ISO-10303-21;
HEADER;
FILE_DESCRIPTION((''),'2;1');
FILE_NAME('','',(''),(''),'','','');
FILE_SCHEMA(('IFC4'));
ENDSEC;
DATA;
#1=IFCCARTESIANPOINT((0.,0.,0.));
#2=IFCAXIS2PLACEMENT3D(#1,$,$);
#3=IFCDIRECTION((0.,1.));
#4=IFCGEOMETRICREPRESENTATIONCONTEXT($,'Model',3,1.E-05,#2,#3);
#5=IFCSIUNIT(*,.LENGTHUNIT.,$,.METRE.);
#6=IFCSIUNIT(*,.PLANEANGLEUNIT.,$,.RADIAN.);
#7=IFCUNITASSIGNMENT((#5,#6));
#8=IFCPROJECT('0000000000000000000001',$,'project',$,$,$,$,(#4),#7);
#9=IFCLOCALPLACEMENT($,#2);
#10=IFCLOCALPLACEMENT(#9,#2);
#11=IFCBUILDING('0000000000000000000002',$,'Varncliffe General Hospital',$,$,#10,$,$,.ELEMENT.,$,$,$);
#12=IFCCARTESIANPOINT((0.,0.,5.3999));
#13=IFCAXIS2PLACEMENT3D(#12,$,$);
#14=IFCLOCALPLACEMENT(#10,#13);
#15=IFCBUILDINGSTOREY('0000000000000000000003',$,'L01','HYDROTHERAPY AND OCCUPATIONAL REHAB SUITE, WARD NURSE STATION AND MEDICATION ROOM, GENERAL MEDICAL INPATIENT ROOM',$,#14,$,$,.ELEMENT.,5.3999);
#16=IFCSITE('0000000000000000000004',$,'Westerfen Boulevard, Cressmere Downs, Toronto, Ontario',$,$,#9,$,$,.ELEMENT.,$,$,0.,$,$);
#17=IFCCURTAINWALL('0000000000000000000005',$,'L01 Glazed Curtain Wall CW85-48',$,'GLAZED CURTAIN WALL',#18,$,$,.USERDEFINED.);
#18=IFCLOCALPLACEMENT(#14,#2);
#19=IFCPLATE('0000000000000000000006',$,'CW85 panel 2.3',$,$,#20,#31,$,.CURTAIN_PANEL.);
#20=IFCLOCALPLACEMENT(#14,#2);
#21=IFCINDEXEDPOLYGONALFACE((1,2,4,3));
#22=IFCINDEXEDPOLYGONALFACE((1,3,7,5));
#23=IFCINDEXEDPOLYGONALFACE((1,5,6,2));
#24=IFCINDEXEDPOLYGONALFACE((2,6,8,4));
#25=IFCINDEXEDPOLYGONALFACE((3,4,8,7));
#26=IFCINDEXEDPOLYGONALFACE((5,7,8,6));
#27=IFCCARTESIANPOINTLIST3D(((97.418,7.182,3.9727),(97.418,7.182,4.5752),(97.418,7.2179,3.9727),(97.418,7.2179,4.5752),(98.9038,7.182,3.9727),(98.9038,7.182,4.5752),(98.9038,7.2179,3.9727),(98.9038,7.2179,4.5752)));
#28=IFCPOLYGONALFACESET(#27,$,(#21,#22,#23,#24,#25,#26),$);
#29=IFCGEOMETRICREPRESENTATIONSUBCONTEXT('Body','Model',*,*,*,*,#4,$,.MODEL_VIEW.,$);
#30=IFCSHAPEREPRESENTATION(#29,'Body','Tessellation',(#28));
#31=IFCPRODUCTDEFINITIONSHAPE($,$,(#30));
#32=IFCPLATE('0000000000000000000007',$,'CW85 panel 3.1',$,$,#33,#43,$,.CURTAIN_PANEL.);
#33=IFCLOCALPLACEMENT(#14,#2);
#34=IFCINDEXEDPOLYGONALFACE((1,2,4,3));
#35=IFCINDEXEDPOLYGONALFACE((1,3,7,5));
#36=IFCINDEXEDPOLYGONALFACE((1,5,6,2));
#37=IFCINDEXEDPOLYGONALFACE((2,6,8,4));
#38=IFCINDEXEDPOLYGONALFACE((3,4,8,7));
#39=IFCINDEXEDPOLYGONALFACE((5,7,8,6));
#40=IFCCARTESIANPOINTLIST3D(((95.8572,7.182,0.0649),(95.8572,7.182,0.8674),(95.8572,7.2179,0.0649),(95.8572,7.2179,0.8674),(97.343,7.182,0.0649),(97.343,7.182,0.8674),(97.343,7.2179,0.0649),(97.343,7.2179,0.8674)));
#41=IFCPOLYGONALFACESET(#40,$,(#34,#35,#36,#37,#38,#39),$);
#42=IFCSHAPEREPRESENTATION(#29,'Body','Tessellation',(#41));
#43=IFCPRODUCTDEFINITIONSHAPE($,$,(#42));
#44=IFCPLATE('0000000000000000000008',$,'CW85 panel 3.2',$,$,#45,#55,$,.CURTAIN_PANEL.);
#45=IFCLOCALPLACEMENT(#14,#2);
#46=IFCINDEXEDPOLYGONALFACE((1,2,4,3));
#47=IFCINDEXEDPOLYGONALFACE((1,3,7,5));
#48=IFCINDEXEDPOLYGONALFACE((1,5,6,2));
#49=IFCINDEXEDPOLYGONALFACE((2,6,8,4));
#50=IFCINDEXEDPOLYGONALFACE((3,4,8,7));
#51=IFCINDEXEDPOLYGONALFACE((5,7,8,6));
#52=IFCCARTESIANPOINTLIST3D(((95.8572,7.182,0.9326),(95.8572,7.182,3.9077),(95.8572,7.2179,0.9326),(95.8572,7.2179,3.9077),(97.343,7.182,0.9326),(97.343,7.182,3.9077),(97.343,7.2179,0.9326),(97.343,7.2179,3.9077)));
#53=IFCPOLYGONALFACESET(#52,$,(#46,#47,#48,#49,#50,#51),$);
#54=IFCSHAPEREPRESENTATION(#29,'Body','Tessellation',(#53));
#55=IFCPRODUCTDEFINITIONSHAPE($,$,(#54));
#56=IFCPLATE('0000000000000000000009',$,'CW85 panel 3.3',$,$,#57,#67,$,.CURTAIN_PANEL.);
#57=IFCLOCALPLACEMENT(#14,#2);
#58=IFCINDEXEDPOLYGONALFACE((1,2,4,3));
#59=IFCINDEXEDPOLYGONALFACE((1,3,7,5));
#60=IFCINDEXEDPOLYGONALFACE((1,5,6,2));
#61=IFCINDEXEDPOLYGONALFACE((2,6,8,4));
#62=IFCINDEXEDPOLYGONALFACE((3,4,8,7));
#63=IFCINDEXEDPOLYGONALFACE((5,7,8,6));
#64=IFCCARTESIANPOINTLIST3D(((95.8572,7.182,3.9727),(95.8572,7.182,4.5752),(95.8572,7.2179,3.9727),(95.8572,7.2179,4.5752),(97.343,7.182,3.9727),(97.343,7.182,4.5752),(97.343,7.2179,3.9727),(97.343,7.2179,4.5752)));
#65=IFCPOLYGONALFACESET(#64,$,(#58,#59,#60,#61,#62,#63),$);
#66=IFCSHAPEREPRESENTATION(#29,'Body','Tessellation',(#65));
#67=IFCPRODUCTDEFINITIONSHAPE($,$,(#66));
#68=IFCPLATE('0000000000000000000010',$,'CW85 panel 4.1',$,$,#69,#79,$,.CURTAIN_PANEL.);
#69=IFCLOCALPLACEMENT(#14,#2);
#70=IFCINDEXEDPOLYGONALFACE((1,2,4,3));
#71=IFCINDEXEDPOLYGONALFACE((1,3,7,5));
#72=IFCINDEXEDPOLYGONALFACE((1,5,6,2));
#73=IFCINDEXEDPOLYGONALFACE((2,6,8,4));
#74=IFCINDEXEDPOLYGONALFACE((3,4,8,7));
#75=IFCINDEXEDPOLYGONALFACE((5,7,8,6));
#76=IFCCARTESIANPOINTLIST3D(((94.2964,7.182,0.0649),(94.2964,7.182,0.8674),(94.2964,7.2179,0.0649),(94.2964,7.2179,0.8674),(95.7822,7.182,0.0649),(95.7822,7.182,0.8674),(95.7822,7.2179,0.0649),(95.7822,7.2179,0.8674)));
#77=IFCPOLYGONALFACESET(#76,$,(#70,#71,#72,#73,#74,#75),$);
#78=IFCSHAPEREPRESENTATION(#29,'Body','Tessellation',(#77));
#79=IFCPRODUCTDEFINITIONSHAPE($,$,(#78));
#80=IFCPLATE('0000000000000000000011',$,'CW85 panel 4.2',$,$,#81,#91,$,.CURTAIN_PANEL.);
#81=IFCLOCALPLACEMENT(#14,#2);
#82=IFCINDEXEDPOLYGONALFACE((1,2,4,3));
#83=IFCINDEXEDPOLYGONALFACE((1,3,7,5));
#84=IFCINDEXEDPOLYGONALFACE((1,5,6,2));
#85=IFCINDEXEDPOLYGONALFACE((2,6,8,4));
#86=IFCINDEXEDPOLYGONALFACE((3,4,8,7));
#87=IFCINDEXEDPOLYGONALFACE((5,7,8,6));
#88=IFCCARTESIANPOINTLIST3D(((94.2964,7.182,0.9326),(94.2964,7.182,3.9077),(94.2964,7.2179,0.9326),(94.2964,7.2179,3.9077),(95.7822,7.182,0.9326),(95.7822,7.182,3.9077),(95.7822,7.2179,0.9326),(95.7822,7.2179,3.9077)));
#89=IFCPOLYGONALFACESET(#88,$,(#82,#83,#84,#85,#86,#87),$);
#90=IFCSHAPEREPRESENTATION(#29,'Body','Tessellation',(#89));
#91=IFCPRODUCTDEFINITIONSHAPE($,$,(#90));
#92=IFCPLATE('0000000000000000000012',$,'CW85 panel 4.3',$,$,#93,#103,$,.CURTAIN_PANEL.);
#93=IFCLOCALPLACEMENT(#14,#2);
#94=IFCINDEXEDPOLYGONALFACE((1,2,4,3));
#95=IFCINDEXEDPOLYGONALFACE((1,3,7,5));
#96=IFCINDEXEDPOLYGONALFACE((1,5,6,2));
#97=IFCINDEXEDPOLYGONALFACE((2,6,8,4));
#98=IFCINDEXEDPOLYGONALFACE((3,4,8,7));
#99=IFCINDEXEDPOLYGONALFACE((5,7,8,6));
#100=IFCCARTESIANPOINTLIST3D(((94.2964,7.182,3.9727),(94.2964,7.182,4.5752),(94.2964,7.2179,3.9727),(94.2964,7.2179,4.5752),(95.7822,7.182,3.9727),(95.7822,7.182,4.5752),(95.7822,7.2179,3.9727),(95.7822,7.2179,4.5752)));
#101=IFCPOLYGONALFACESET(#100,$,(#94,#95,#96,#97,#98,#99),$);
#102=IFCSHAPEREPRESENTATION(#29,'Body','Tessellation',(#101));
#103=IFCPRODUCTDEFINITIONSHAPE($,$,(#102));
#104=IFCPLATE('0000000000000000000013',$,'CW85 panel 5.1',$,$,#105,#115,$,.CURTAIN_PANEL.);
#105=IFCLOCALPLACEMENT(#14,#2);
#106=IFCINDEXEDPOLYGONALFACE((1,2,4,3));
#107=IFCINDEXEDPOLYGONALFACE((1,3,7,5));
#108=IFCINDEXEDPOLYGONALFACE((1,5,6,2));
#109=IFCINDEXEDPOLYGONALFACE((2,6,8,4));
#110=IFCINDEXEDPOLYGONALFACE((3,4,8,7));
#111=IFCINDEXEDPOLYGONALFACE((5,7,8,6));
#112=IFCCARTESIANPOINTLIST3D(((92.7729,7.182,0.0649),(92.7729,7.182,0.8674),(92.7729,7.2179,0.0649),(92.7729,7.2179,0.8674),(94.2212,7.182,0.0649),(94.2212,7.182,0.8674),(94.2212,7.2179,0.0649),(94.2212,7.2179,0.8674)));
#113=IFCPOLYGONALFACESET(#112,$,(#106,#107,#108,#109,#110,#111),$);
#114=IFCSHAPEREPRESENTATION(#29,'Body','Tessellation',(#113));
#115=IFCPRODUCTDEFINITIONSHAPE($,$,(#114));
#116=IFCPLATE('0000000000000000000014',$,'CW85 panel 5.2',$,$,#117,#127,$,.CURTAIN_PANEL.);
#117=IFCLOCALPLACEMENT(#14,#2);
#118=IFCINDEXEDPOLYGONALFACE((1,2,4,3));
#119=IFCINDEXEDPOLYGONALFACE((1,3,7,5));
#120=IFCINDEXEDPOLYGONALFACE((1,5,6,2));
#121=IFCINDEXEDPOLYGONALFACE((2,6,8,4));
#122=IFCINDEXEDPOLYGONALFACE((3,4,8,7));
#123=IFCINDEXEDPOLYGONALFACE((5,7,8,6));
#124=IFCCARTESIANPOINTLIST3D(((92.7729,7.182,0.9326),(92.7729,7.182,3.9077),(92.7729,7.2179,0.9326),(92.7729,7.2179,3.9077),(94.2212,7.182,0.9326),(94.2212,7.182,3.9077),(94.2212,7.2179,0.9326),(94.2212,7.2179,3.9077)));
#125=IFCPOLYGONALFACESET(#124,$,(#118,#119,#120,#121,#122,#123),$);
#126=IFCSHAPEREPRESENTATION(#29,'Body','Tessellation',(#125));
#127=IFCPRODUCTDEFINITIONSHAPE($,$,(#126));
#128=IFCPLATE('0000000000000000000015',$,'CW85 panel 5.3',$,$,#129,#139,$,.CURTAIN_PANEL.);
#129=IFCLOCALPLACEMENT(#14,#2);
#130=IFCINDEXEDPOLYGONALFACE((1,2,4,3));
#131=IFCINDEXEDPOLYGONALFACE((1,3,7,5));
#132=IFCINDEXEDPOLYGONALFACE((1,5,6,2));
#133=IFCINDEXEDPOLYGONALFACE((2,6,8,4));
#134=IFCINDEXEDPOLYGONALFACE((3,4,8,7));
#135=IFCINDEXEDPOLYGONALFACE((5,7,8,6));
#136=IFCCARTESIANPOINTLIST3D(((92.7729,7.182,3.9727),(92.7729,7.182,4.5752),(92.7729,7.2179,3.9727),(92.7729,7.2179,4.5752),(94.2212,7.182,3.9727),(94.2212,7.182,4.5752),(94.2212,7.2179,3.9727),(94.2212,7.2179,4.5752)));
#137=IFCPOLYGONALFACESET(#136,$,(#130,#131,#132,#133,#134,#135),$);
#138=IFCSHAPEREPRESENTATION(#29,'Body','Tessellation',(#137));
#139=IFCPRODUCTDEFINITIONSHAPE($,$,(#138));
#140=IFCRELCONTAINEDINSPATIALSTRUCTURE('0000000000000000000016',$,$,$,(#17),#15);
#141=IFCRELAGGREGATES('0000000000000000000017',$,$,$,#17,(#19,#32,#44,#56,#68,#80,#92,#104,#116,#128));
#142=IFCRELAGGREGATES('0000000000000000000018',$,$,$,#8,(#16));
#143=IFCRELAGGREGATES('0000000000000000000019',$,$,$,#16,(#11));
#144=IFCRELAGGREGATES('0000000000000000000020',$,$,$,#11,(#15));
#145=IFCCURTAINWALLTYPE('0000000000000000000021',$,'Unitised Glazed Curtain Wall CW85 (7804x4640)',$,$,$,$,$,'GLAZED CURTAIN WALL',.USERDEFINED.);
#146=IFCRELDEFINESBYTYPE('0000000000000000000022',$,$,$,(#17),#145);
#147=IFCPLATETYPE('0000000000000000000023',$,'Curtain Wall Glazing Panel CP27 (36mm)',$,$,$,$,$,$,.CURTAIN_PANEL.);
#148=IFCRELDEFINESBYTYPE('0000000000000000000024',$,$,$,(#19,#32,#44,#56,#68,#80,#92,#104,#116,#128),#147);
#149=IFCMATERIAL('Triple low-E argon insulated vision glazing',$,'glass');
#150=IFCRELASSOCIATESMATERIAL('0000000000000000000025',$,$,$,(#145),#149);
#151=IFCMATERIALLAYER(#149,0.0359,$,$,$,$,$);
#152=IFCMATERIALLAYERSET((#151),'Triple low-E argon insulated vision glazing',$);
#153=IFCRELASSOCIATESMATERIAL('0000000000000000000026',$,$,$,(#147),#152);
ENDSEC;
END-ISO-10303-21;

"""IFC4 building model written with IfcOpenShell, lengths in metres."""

from ifc_helpers import new_model, si_unit, direction, frame, origin, origin_2d, place, context, subcontext, project, spatial, rectangle, extrude, material, layer, layer_set, type_object, element, aggregate, save


model = new_model("IFC4")

# Units and contexts
model_context = context("Model", 3, precision=1e-05, world=origin(), true_north=direction((0.0, 1.0)))
body_context = subcontext(model_context, "Body", "Model", "MODEL_VIEW")
ifc_project = project(units=[si_unit("LENGTHUNIT", "METRE"), si_unit("PLANEANGLEUNIT", "RADIAN")], contexts=[model_context])

# Site, building, storey
site_placement = place(None, origin())
site = spatial("IfcSite", under=ifc_project, at=site_placement, Name="Westerfen Boulevard, Cressmere Downs, Toronto, Ontario", CompositionType="ELEMENT", RefElevation=0.0)
building_placement = place(site_placement, origin())
building = spatial("IfcBuilding", under=site, at=building_placement, Name="Varncliffe General Hospital", CompositionType="ELEMENT")
storey_placement = place(building_placement, frame((0.0, 0.0, 5.3999)))
storey = spatial("IfcBuildingStorey", under=building, at=storey_placement, Name="L01", Description="HYDROTHERAPY AND OCCUPATIONAL REHAB SUITE, WARD NURSE STATION AND MEDICATION ROOM, GENERAL MEDICAL INPATIENT ROOM", CompositionType="ELEMENT", Elevation=5.3999)

# Shared definitions
ifc_material_1 = material(Name="Triple low-E argon insulated vision glazing", Category="glass")

# Curtain wall
curtain_wall_type_1 = type_object("IfcCurtainWallType", Name="Unitised Glazed Curtain Wall CW85 (7804x4640)", ElementType="GLAZED CURTAIN WALL", PredefinedType="USERDEFINED", material=ifc_material_1)
curtain_wall_1_placement = place(storey_placement, origin())
curtain_wall_1 = element("IfcCurtainWall", 1, at=curtain_wall_1_placement, inside=storey, type_object=curtain_wall_type_1, Name="L01 Glazed Curtain Wall CW85-48", ObjectType="GLAZED CURTAIN WALL", PredefinedType="USERDEFINED")

# Plates
ifc_layer = layer(ifc_material_1, 0.0359)
ifc_layer_set = layer_set([ifc_layer], Name="Triple low-E argon insulated vision glazing")
plate_type = type_object("IfcPlateType", Name="Curtain Wall Glazing Panel CP27 (36mm)", PredefinedType="CURTAIN_PANEL", material=ifc_layer_set)
plate_1_placement = place(storey_placement, frame((98.1609, 7.2, 3.9727), z_axis=(0.0, 0.0, 1.0), x_axis=(-1.0, 0.0, 0.0)))
plate_1 = element("IfcPlate", 2, at=plate_1_placement, type_object=plate_type, Name="CW85 panel 2.3", PredefinedType="CURTAIN_PANEL", context=body_context, shape_type="SweptSolid", body=[
    extrude(rectangle(XDim=1.4858, YDim=0.0359, at=origin_2d()), origin(), (0.0, 0.0, 1.0), 0.6025),
])
plate_2_placement = place(storey_placement, frame((96.6001, 7.2, 0.0649), z_axis=(0.0, 0.0, 1.0), x_axis=(-1.0, 0.0, 0.0)))
plate_2 = element("IfcPlate", 3, at=plate_2_placement, type_object=plate_type, Name="CW85 panel 3.1", PredefinedType="CURTAIN_PANEL", context=body_context, shape_type="SweptSolid", body=[
    extrude(rectangle(XDim=1.4858, YDim=0.0359, at=origin_2d()), origin(), (0.0, 0.0, 1.0), 0.8025),
])
plate_3_placement = place(storey_placement, frame((96.6001, 7.2, 0.9326), z_axis=(0.0, 0.0, 1.0), x_axis=(-1.0, 0.0, 0.0)))
plate_3 = element("IfcPlate", 4, at=plate_3_placement, type_object=plate_type, Name="CW85 panel 3.2", PredefinedType="CURTAIN_PANEL", context=body_context, shape_type="SweptSolid", body=[
    extrude(rectangle(XDim=1.4858, YDim=0.0359, at=origin_2d()), origin(), (0.0, 0.0, 1.0), 2.9751),
])
plate_4_placement = place(storey_placement, frame((96.6001, 7.2, 3.9727), z_axis=(0.0, 0.0, 1.0), x_axis=(-1.0, 0.0, 0.0)))
plate_4 = element("IfcPlate", 5, at=plate_4_placement, type_object=plate_type, Name="CW85 panel 3.3", PredefinedType="CURTAIN_PANEL", context=body_context, shape_type="SweptSolid", body=[
    extrude(rectangle(XDim=1.4858, YDim=0.0359, at=origin_2d()), origin(), (0.0, 0.0, 1.0), 0.6025),
])
plate_5_placement = place(storey_placement, frame((95.0393, 7.2, 0.0649), z_axis=(0.0, 0.0, 1.0), x_axis=(-1.0, 0.0, 0.0)))
plate_5 = element("IfcPlate", 6, at=plate_5_placement, type_object=plate_type, Name="CW85 panel 4.1", PredefinedType="CURTAIN_PANEL", context=body_context, shape_type="SweptSolid", body=[
    extrude(rectangle(XDim=1.4858, YDim=0.0359, at=origin_2d()), origin(), (0.0, 0.0, 1.0), 0.8025),
])
plate_6_placement = place(storey_placement, frame((95.0393, 7.2, 0.9326), z_axis=(0.0, 0.0, 1.0), x_axis=(-1.0, 0.0, 0.0)))
plate_6 = element("IfcPlate", 7, at=plate_6_placement, type_object=plate_type, Name="CW85 panel 4.2", PredefinedType="CURTAIN_PANEL", context=body_context, shape_type="SweptSolid", body=[
    extrude(rectangle(XDim=1.4858, YDim=0.0359, at=origin_2d()), origin(), (0.0, 0.0, 1.0), 2.9751),
])
plate_7_placement = place(storey_placement, frame((95.0393, 7.2, 3.9727), z_axis=(0.0, 0.0, 1.0), x_axis=(-1.0, 0.0, 0.0)))
plate_7 = element("IfcPlate", 8, at=plate_7_placement, type_object=plate_type, Name="CW85 panel 4.3", PredefinedType="CURTAIN_PANEL", context=body_context, shape_type="SweptSolid", body=[
    extrude(rectangle(XDim=1.4858, YDim=0.0359, at=origin_2d()), origin(), (0.0, 0.0, 1.0), 0.6025),
])
plate_8_placement = place(storey_placement, frame((93.4971, 7.2, 0.0649), z_axis=(0.0, 0.0, 1.0), x_axis=(-1.0, 0.0, 0.0)))
plate_8 = element("IfcPlate", 9, at=plate_8_placement, type_object=plate_type, Name="CW85 panel 5.1", PredefinedType="CURTAIN_PANEL", context=body_context, shape_type="SweptSolid", body=[
    extrude(rectangle(XDim=1.4482, YDim=0.0359, at=origin_2d()), origin(), (0.0, 0.0, 1.0), 0.8025),
])
plate_9_placement = place(storey_placement, frame((93.4971, 7.2, 0.9326), z_axis=(0.0, 0.0, 1.0), x_axis=(-1.0, 0.0, 0.0)))
plate_9 = element("IfcPlate", 10, at=plate_9_placement, type_object=plate_type, Name="CW85 panel 5.2", PredefinedType="CURTAIN_PANEL", context=body_context, shape_type="SweptSolid", body=[
    extrude(rectangle(XDim=1.4482, YDim=0.0359, at=origin_2d()), origin(), (0.0, 0.0, 1.0), 2.9751),
])
plate_10_placement = place(storey_placement, frame((93.4971, 7.2, 3.9727), z_axis=(0.0, 0.0, 1.0), x_axis=(-1.0, 0.0, 0.0)))
plate_10 = element("IfcPlate", 11, at=plate_10_placement, type_object=plate_type, Name="CW85 panel 5.3", PredefinedType="CURTAIN_PANEL", context=body_context, shape_type="SweptSolid", body=[
    extrude(rectangle(XDim=1.4482, YDim=0.0359, at=origin_2d()), origin(), (0.0, 0.0, 1.0), 0.6025),
])
aggregate(curtain_wall_1, [plate_1, plate_2, plate_3, plate_4, plate_5, plate_6, plate_7, plate_8, plate_9, plate_10])

save(model, "model.ifc")
